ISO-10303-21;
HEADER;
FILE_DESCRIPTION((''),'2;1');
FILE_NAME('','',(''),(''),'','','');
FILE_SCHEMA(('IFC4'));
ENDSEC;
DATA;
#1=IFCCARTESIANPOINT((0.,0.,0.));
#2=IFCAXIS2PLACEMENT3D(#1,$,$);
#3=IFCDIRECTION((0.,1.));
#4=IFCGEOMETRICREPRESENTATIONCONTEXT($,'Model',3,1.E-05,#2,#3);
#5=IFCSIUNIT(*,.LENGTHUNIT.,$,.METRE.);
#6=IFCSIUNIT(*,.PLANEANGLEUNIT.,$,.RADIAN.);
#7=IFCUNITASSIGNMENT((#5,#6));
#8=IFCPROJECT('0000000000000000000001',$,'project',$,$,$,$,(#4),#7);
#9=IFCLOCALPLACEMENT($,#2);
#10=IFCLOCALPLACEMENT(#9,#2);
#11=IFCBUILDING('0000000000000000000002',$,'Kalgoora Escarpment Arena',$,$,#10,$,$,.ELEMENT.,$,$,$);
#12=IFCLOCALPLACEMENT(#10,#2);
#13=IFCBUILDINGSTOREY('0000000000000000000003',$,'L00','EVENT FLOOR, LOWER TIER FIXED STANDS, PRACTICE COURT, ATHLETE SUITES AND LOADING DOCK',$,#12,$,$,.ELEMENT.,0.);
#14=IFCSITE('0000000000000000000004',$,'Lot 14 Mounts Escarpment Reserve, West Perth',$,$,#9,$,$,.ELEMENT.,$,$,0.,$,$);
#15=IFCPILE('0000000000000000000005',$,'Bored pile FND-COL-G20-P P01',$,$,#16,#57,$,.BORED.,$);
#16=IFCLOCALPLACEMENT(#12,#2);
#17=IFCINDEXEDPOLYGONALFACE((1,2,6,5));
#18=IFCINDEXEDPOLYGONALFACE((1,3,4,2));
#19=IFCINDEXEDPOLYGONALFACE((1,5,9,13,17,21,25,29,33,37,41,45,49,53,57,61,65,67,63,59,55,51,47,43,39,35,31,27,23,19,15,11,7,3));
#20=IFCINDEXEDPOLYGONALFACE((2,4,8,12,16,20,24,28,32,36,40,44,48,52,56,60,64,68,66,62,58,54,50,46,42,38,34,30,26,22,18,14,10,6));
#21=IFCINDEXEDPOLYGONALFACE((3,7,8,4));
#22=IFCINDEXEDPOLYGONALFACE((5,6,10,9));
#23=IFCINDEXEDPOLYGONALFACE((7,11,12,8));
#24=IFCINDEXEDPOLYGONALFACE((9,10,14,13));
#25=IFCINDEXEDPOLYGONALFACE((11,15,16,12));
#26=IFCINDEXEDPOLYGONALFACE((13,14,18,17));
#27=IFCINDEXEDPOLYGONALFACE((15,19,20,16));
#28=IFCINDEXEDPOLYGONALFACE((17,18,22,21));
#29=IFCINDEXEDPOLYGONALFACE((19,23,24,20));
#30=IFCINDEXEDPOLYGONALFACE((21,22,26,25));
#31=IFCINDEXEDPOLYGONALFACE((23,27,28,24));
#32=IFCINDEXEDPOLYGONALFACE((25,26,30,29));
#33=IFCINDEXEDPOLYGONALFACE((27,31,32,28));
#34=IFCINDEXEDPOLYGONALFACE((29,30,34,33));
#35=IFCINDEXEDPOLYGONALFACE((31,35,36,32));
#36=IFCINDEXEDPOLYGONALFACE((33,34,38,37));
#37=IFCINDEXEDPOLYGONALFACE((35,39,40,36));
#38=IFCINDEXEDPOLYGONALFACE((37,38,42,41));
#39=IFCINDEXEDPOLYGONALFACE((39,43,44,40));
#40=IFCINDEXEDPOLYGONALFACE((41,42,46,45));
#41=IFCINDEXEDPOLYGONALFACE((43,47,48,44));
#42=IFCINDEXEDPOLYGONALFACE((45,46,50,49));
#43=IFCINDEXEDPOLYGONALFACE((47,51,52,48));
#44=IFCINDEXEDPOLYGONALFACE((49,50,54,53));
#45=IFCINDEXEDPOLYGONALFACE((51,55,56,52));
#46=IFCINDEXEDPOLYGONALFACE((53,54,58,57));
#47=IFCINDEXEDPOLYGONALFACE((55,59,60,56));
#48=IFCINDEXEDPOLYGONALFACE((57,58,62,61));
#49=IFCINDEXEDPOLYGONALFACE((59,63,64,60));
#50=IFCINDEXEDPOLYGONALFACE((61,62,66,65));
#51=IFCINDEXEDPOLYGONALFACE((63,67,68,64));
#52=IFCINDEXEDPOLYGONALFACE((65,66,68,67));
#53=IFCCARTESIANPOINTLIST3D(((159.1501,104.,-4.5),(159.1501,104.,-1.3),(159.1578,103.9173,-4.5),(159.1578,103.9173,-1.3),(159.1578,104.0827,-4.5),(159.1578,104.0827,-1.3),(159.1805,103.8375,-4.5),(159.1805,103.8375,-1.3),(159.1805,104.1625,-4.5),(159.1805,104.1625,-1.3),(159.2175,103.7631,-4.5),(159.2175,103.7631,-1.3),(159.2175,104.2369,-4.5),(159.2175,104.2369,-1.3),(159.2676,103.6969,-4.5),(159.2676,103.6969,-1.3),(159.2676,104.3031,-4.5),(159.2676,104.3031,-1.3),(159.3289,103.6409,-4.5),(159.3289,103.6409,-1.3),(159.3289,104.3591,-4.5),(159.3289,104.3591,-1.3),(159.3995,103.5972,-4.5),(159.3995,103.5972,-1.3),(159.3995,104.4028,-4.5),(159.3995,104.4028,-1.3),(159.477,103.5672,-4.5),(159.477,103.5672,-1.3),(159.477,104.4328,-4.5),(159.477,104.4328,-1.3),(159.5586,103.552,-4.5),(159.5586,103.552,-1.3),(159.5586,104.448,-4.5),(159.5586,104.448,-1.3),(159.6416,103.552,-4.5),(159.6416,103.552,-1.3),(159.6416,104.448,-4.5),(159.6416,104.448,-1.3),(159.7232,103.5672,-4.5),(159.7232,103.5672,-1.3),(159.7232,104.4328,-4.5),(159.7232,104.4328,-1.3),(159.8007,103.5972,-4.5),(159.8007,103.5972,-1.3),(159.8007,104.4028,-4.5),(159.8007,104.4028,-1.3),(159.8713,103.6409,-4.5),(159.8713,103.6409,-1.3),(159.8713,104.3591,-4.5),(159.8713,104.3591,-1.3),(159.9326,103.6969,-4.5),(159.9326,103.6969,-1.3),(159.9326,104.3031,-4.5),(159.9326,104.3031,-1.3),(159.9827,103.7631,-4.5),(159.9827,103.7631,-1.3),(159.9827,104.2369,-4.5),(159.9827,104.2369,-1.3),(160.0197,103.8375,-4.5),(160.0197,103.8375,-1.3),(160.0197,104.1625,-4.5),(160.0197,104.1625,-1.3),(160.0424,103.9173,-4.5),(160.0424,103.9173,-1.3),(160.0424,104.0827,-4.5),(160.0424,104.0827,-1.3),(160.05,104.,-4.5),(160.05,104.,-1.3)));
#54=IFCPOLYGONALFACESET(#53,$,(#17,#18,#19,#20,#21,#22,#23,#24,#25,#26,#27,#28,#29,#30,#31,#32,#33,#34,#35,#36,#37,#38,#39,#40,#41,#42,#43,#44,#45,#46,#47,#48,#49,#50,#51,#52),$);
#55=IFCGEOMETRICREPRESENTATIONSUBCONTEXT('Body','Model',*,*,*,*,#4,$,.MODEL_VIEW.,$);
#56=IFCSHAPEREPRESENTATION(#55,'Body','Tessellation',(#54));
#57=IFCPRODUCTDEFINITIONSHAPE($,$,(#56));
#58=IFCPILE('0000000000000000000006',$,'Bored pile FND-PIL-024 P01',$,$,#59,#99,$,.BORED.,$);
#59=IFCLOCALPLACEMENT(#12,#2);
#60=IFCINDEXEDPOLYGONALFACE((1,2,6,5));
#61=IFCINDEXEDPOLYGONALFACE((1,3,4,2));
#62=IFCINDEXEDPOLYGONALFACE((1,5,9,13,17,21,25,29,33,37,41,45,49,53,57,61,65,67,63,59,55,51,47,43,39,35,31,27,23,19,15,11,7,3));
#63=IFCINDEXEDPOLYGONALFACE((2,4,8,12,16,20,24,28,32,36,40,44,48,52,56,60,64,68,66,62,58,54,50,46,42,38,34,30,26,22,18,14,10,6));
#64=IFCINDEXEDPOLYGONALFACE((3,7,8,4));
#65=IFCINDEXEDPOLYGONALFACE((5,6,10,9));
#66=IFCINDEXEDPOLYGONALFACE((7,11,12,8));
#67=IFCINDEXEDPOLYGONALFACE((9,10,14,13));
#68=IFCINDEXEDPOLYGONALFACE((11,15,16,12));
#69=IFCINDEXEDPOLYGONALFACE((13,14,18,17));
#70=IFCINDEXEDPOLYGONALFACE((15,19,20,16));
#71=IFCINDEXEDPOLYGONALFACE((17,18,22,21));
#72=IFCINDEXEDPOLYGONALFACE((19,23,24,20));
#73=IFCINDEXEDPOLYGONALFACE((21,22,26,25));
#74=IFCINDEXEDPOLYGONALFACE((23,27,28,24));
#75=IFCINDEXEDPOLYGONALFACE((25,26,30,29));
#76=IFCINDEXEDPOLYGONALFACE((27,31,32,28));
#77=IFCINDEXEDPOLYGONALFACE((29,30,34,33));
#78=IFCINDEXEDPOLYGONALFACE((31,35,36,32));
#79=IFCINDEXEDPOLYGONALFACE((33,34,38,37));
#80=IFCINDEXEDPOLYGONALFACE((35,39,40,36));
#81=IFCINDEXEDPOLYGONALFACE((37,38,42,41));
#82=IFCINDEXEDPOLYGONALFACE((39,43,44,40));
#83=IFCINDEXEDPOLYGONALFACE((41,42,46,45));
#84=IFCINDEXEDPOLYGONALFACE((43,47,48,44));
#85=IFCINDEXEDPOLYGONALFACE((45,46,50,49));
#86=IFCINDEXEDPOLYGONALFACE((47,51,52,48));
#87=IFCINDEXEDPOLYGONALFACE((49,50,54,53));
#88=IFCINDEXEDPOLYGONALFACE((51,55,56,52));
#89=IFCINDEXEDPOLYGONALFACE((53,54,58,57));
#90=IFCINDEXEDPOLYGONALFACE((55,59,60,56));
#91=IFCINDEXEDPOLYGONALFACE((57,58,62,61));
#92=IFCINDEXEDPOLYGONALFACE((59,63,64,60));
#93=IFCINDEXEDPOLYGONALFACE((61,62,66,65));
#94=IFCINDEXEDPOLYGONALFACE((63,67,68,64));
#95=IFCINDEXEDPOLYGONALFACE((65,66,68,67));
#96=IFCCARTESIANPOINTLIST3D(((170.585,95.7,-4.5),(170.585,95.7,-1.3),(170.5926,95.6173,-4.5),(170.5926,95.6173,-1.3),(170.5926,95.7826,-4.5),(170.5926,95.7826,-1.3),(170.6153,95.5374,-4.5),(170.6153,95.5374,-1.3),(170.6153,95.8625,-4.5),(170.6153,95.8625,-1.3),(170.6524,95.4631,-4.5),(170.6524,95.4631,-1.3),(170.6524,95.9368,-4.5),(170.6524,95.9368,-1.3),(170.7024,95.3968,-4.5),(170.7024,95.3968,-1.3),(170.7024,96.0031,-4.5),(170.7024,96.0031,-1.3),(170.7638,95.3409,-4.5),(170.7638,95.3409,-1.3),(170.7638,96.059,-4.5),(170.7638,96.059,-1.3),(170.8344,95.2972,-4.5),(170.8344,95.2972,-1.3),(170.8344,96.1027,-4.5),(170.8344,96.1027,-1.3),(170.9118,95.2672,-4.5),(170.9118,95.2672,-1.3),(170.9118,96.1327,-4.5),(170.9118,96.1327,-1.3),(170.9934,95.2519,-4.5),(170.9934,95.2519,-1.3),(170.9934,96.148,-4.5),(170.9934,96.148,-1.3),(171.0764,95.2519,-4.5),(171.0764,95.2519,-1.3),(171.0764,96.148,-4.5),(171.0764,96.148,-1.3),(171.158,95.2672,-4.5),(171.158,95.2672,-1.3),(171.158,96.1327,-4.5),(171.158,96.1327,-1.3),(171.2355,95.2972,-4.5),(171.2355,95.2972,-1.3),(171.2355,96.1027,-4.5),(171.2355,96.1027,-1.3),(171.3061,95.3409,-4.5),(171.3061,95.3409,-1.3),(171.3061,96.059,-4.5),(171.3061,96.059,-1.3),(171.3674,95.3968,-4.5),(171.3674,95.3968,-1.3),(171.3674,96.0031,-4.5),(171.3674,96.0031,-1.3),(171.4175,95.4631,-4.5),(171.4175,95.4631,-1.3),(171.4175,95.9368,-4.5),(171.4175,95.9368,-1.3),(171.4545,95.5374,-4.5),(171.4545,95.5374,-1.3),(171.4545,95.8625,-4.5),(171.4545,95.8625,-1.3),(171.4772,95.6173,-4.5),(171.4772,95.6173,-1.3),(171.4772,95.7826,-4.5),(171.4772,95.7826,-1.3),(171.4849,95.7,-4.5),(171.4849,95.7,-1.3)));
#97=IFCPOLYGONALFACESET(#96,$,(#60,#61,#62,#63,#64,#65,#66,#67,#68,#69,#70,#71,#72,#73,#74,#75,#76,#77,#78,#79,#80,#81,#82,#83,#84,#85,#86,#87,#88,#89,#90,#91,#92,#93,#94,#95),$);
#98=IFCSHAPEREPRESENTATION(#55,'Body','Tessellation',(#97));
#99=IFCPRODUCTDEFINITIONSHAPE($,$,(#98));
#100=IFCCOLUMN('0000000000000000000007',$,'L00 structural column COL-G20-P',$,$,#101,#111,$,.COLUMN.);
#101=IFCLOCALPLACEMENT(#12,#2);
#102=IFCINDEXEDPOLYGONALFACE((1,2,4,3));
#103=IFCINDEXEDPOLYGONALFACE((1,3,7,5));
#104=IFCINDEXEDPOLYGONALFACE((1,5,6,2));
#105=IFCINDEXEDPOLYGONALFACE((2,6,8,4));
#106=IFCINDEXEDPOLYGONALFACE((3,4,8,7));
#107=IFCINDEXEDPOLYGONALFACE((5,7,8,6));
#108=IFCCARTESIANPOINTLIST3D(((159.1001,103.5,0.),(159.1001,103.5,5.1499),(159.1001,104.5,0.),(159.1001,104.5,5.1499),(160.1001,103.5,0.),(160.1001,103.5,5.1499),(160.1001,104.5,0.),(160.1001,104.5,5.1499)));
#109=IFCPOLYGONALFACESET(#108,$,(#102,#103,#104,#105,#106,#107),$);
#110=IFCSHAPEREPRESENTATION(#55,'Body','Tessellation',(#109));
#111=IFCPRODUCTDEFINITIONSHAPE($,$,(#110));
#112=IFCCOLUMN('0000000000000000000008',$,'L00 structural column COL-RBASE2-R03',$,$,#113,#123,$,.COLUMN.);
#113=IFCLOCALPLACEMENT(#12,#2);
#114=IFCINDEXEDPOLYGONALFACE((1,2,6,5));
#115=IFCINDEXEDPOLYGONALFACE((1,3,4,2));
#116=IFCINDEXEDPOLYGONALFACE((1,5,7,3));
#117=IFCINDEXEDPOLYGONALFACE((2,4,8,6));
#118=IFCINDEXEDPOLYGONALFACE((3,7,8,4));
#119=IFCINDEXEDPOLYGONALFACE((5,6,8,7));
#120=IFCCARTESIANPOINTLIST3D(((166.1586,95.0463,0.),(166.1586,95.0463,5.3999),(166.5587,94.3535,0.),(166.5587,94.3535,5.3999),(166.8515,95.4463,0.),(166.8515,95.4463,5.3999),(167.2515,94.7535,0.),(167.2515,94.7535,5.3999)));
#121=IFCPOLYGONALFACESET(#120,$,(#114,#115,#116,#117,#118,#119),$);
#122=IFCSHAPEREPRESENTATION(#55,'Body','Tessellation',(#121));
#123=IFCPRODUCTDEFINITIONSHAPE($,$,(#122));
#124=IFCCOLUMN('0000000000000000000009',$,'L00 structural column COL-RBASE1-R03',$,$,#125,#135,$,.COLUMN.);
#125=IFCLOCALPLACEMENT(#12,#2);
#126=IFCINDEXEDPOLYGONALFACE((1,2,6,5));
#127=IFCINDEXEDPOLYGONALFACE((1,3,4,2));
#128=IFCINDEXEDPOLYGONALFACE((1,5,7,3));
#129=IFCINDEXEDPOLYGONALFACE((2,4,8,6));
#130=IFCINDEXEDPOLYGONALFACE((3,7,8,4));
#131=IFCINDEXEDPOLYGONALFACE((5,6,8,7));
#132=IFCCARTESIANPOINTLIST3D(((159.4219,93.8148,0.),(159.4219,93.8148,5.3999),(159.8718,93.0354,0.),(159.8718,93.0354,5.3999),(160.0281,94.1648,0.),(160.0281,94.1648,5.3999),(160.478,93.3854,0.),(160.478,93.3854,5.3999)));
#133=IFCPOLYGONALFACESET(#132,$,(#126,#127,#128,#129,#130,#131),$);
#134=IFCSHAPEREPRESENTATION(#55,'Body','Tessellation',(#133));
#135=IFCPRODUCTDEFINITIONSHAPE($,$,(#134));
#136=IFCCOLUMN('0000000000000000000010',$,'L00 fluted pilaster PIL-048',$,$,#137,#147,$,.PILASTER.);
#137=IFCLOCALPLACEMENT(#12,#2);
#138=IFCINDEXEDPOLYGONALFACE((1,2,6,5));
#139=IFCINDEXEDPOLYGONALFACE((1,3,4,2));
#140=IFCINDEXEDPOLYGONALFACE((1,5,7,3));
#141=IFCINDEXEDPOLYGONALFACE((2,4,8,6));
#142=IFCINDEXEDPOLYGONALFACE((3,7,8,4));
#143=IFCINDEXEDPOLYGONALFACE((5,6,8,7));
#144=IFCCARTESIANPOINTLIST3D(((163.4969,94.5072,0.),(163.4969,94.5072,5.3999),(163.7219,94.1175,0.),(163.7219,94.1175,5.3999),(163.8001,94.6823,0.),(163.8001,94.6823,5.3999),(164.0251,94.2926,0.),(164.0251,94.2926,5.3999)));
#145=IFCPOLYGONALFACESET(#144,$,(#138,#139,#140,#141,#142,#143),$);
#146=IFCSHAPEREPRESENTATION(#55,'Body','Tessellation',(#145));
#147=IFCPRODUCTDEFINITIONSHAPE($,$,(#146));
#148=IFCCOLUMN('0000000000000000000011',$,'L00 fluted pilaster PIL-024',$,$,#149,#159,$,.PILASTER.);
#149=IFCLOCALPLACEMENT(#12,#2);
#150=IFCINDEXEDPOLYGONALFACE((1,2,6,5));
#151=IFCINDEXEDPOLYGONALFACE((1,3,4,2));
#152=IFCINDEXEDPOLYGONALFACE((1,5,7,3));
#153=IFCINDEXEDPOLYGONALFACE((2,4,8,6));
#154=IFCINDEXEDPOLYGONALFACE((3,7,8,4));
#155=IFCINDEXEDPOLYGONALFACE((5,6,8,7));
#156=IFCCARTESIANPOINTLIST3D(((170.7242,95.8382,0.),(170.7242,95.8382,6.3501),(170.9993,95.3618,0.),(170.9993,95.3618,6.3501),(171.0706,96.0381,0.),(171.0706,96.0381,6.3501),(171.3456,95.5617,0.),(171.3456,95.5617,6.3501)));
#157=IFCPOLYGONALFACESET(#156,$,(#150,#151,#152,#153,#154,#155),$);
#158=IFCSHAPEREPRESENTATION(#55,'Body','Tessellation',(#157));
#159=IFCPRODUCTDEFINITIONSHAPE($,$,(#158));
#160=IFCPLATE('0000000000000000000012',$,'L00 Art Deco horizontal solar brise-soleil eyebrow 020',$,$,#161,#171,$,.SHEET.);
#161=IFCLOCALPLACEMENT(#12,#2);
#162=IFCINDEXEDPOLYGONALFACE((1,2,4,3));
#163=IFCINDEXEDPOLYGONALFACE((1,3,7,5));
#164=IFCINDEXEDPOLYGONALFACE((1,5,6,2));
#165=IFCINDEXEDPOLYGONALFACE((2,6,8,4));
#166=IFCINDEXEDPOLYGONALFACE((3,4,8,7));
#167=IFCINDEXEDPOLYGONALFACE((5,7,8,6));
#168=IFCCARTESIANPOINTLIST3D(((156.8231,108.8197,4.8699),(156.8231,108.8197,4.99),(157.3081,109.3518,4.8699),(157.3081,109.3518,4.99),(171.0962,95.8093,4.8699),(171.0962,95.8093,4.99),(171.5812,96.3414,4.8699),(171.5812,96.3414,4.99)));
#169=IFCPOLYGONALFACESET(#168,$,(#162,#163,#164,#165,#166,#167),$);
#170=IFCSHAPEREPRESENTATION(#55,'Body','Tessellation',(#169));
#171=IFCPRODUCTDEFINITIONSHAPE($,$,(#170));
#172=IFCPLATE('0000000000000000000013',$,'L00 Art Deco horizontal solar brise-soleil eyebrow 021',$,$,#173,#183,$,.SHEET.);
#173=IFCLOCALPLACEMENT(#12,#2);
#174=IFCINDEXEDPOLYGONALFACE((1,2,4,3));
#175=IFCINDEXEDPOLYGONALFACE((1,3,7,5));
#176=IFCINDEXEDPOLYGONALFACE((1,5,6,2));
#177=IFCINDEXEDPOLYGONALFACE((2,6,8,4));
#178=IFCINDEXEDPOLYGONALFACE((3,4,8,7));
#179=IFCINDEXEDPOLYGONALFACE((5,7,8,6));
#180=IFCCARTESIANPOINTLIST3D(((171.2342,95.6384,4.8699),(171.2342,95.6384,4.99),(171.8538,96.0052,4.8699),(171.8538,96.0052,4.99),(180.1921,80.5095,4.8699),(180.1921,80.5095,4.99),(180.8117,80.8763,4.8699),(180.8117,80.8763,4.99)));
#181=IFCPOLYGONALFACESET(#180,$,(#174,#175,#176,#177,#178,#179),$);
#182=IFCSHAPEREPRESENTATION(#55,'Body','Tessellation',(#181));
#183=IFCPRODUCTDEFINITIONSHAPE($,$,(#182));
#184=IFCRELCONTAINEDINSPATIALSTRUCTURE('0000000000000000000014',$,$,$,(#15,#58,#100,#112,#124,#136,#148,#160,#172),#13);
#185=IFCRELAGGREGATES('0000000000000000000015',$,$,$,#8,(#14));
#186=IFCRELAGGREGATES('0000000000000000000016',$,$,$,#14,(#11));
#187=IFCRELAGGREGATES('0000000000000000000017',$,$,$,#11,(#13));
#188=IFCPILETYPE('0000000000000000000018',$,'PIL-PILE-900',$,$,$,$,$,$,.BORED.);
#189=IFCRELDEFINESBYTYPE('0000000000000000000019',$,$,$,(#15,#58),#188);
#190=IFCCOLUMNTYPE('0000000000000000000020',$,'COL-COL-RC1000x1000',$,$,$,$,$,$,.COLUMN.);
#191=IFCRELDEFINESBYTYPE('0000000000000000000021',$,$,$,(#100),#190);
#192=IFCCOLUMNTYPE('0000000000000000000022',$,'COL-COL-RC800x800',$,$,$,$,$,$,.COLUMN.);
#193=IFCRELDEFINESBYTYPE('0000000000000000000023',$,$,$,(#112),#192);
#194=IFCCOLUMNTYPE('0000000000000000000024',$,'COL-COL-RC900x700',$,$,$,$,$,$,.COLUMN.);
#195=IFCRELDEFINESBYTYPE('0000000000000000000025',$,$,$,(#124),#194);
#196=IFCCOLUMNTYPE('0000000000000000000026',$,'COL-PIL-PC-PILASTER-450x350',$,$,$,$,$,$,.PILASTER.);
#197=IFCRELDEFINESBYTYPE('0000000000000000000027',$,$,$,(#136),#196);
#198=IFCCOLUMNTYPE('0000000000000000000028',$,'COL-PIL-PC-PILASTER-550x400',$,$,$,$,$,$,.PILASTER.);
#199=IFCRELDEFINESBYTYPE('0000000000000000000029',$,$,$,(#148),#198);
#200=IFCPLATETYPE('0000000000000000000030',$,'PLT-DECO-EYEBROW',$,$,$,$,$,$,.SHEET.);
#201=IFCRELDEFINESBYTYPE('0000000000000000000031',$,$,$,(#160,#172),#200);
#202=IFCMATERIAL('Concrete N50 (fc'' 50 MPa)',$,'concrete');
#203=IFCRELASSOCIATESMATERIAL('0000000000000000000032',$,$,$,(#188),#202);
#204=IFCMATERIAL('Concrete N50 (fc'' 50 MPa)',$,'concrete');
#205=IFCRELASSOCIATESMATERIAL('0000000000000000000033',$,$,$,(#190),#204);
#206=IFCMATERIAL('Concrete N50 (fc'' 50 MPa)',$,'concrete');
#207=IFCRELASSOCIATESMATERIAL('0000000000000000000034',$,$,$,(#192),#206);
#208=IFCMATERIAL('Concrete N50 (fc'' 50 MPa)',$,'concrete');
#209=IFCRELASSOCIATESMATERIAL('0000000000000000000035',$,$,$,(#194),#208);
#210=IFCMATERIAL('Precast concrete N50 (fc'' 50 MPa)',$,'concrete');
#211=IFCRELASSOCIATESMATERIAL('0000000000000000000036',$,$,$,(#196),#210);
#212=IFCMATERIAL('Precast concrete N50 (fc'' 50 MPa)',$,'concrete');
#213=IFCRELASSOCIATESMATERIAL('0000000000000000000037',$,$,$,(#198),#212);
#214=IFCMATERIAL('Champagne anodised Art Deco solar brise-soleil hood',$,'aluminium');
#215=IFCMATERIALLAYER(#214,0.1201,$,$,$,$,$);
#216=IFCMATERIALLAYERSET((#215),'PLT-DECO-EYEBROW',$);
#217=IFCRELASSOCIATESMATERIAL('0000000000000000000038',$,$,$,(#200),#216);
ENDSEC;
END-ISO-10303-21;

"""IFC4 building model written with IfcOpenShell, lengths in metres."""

from ifc_helpers import new_model, si_unit, direction, frame, origin, origin_2d, place, context, subcontext, project, spatial, rectangle, circle, extrude, material, layer, layer_set, material_profile, profile_set, type_object, element, save


model = new_model("IFC4")

# Units and contexts
model_context = context("Model", 3, precision=1e-05, world=origin(), true_north=direction((0.0, 1.0)))
body_context = subcontext(model_context, "Body", "Model", "MODEL_VIEW")
ifc_project = project(units=[si_unit("LENGTHUNIT", "METRE"), si_unit("PLANEANGLEUNIT", "RADIAN")], contexts=[model_context])

# Site, building, storey
site_placement = place(None, origin())
site = spatial("IfcSite", under=ifc_project, at=site_placement, Name="Lot 14 Mounts Escarpment Reserve, West Perth", CompositionType="ELEMENT", RefElevation=0.0)
building_placement = place(site_placement, origin())
building = spatial("IfcBuilding", under=site, at=building_placement, Name="Kalgoora Escarpment Arena", CompositionType="ELEMENT")
storey_placement = place(building_placement, origin())
storey = spatial("IfcBuildingStorey", under=building, at=storey_placement, Name="L00", Description="EVENT FLOOR, LOWER TIER FIXED STANDS, PRACTICE COURT, ATHLETE SUITES AND LOADING DOCK", CompositionType="ELEMENT", Elevation=0.0)

# Piles
ifc_material_1 = material(Name="Concrete N50 (fc' 50 MPa)", Category="concrete")
ifc_material_profile_1 = material_profile(ifc_material_1, circle(Radius=0.45, at=origin_2d()))
ifc_profile_set_1 = profile_set([ifc_material_profile_1], Name="Concrete N50 (fc' 50 MPa)")
pile_type_1 = type_object("IfcPileType", Name="PIL-PILE-900", PredefinedType="BORED", material=ifc_profile_set_1)
for number, where, z_axis, x_axis, name in (
    (1, (159.6001, 104.0, -1.3), (0.0, 0.0, -1.0), (1.0, 0.0, 0.0), "Bored pile FND-COL-G20-P P01"),
    (2, (171.0349, 95.7, -1.3), (0.0, 0.0, -1.0), (1.0, 0.0, 0.0), "Bored pile FND-PIL-024 P01"),
):
    element("IfcPile", number, at=place(storey_placement, frame(where, z_axis=z_axis, x_axis=x_axis)), inside=storey, type_object=pile_type_1, Name=name, PredefinedType="BORED", context=body_context, shape_type="SweptSolid", body=[
        extrude(circle(Radius=0.45, at=origin_2d()), origin(), (0.0, 0.0, 1.0), 3.2),
    ])

# Columns
ifc_material_2 = material(Name="Concrete N50 (fc' 50 MPa)", Category="concrete")
ifc_material_profile_2 = material_profile(ifc_material_2, rectangle(XDim=1.0, YDim=1.0, at=origin_2d()))
ifc_profile_set_2 = profile_set([ifc_material_profile_2], Name="Concrete N50 (fc' 50 MPa)")
column_type_1 = type_object("IfcColumnType", Name="COL-COL-RC1000x1000", PredefinedType="COLUMN", material=ifc_profile_set_2)
column_1_placement = place(storey_placement, frame((159.6001, 104.0, 0.0), z_axis=(0.0, 0.0, 1.0), x_axis=(1.0, 0.0, 0.0)))
element("IfcColumn", 3, at=column_1_placement, inside=storey, type_object=column_type_1, Name="L00 structural column COL-G20-P", PredefinedType="COLUMN", context=body_context, shape_type="SweptSolid", body=[
    extrude(rectangle(XDim=1.0, YDim=1.0, at=origin_2d()), origin(), (0.0, 0.0, 1.0), 5.1499),
])
ifc_material_3 = material(Name="Concrete N50 (fc' 50 MPa)", Category="concrete")
ifc_material_profile_3 = material_profile(ifc_material_3, rectangle(XDim=0.8, YDim=0.8, at=origin_2d()))
ifc_profile_set_3 = profile_set([ifc_material_profile_3], Name="Concrete N50 (fc' 50 MPa)")
column_type_2 = type_object("IfcColumnType", Name="COL-COL-RC800x800", PredefinedType="COLUMN", material=ifc_profile_set_3)
column_2_placement = place(storey_placement, frame((166.7051, 94.8999, 0.0), z_axis=(0.0, 0.0, 1.0), x_axis=(0.866025, 0.5, 0.0)))
element("IfcColumn", 4, at=column_2_placement, inside=storey, type_object=column_type_2, Name="L00 structural column COL-RBASE2-R03", PredefinedType="COLUMN", context=body_context, shape_type="SweptSolid", body=[
    extrude(rectangle(XDim=0.8, YDim=0.8, at=origin_2d()), origin(), (0.0, 0.0, 1.0), 5.3999),
])
ifc_material_4 = material(Name="Concrete N50 (fc' 50 MPa)", Category="concrete")
ifc_material_profile_4 = material_profile(ifc_material_4, rectangle(XDim=0.7, YDim=0.8999, at=origin_2d()))
ifc_profile_set_4 = profile_set([ifc_material_profile_4], Name="Concrete N50 (fc' 50 MPa)")
column_type_3 = type_object("IfcColumnType", Name="COL-COL-RC900x700", PredefinedType="COLUMN", material=ifc_profile_set_4)
column_3_placement = place(storey_placement, frame((159.95, 93.6001, 0.0), z_axis=(0.0, 0.0, 1.0), x_axis=(0.866025, 0.5, 0.0)))
element("IfcColumn", 5, at=column_3_placement, inside=storey, type_object=column_type_3, Name="L00 structural column COL-RBASE1-R03", PredefinedType="COLUMN", context=body_context, shape_type="SweptSolid", body=[
    extrude(rectangle(XDim=0.7, YDim=0.8999, at=origin_2d()), origin(), (0.0, 0.0, 1.0), 5.3999),
])
ifc_material_5 = material(Name="Precast concrete N50 (fc' 50 MPa)", Category="concrete")
ifc_material_profile_5 = material_profile(ifc_material_5, rectangle(XDim=0.3501, YDim=0.45, at=origin_2d()))
ifc_profile_set_5 = profile_set([ifc_material_profile_5], Name="Precast concrete N50 (fc' 50 MPa)")
column_type_4 = type_object("IfcColumnType", Name="COL-PIL-PC-PILASTER-450x350", PredefinedType="PILASTER", material=ifc_profile_set_5)
column_4_placement = place(storey_placement, frame((163.761, 94.3999, 0.0), z_axis=(0.0, 0.0, 1.0), x_axis=(0.866025, 0.5, 0.0)))
element("IfcColumn", 6, at=column_4_placement, inside=storey, type_object=column_type_4, Name="L00 fluted pilaster PIL-048", PredefinedType="PILASTER", context=body_context, shape_type="SweptSolid", body=[
    extrude(rectangle(XDim=0.3501, YDim=0.45, at=origin_2d()), origin(), (0.0, 0.0, 1.0), 5.3999),
])
ifc_material_6 = material(Name="Precast concrete N50 (fc' 50 MPa)", Category="concrete")
ifc_material_profile_6 = material_profile(ifc_material_6, rectangle(XDim=0.3999, YDim=0.55, at=origin_2d()))
ifc_profile_set_6 = profile_set([ifc_material_profile_6], Name="Precast concrete N50 (fc' 50 MPa)")
column_type_5 = type_object("IfcColumnType", Name="COL-PIL-PC-PILASTER-550x400", PredefinedType="PILASTER", material=ifc_profile_set_6)
column_5_placement = place(storey_placement, frame((171.0349, 95.7, 0.0), z_axis=(0.0, 0.0, 1.0), x_axis=(0.866025, 0.5, 0.0)))
element("IfcColumn", 7, at=column_5_placement, inside=storey, type_object=column_type_5, Name="L00 fluted pilaster PIL-024", PredefinedType="PILASTER", context=body_context, shape_type="SweptSolid", body=[
    extrude(rectangle(XDim=0.3999, YDim=0.55, at=origin_2d()), origin(), (0.0, 0.0, 1.0), 6.3501),
])

# Plates
ifc_material_7 = material(Name="Champagne anodised Art Deco solar brise-soleil hood", Category="aluminium")
ifc_layer_1 = layer(ifc_material_7, 0.1201)
ifc_layer_set_1 = layer_set([ifc_layer_1], Name="PLT-DECO-EYEBROW")
plate_type = type_object("IfcPlateType", Name="PLT-DECO-EYEBROW", PredefinedType="SHEET", material=ifc_layer_set_1)
plate_1_placement = place(storey_placement, frame((164.2021, 102.5806, 4.8699), z_axis=(0.0, 0.0, 1.0), x_axis=(0.739043, -0.673658, 0.0)))
element("IfcPlate", 8, at=plate_1_placement, inside=storey, type_object=plate_type, Name="L00 Art Deco horizontal solar brise-soleil eyebrow 020", PredefinedType="SHEET", context=body_context, shape_type="SweptSolid", body=[
    extrude(rectangle(XDim=19.313, YDim=0.72, at=origin_2d()), origin(), (0.0, 0.0, 1.0), 0.1201),
])
plate_2_placement = place(storey_placement, frame((176.0229, 88.2573, 4.8699), z_axis=(0.0, 0.0, 1.0), x_axis=(0.509492, -0.860475, 0.0)))
element("IfcPlate", 9, at=plate_2_placement, inside=storey, type_object=plate_type, Name="L00 Art Deco horizontal solar brise-soleil eyebrow 021", PredefinedType="SHEET", context=body_context, shape_type="SweptSolid", body=[
    extrude(rectangle(XDim=17.582, YDim=0.72, at=origin_2d()), origin(), (0.0, 0.0, 1.0), 0.1201),
])

save(model, "model.ifc")
